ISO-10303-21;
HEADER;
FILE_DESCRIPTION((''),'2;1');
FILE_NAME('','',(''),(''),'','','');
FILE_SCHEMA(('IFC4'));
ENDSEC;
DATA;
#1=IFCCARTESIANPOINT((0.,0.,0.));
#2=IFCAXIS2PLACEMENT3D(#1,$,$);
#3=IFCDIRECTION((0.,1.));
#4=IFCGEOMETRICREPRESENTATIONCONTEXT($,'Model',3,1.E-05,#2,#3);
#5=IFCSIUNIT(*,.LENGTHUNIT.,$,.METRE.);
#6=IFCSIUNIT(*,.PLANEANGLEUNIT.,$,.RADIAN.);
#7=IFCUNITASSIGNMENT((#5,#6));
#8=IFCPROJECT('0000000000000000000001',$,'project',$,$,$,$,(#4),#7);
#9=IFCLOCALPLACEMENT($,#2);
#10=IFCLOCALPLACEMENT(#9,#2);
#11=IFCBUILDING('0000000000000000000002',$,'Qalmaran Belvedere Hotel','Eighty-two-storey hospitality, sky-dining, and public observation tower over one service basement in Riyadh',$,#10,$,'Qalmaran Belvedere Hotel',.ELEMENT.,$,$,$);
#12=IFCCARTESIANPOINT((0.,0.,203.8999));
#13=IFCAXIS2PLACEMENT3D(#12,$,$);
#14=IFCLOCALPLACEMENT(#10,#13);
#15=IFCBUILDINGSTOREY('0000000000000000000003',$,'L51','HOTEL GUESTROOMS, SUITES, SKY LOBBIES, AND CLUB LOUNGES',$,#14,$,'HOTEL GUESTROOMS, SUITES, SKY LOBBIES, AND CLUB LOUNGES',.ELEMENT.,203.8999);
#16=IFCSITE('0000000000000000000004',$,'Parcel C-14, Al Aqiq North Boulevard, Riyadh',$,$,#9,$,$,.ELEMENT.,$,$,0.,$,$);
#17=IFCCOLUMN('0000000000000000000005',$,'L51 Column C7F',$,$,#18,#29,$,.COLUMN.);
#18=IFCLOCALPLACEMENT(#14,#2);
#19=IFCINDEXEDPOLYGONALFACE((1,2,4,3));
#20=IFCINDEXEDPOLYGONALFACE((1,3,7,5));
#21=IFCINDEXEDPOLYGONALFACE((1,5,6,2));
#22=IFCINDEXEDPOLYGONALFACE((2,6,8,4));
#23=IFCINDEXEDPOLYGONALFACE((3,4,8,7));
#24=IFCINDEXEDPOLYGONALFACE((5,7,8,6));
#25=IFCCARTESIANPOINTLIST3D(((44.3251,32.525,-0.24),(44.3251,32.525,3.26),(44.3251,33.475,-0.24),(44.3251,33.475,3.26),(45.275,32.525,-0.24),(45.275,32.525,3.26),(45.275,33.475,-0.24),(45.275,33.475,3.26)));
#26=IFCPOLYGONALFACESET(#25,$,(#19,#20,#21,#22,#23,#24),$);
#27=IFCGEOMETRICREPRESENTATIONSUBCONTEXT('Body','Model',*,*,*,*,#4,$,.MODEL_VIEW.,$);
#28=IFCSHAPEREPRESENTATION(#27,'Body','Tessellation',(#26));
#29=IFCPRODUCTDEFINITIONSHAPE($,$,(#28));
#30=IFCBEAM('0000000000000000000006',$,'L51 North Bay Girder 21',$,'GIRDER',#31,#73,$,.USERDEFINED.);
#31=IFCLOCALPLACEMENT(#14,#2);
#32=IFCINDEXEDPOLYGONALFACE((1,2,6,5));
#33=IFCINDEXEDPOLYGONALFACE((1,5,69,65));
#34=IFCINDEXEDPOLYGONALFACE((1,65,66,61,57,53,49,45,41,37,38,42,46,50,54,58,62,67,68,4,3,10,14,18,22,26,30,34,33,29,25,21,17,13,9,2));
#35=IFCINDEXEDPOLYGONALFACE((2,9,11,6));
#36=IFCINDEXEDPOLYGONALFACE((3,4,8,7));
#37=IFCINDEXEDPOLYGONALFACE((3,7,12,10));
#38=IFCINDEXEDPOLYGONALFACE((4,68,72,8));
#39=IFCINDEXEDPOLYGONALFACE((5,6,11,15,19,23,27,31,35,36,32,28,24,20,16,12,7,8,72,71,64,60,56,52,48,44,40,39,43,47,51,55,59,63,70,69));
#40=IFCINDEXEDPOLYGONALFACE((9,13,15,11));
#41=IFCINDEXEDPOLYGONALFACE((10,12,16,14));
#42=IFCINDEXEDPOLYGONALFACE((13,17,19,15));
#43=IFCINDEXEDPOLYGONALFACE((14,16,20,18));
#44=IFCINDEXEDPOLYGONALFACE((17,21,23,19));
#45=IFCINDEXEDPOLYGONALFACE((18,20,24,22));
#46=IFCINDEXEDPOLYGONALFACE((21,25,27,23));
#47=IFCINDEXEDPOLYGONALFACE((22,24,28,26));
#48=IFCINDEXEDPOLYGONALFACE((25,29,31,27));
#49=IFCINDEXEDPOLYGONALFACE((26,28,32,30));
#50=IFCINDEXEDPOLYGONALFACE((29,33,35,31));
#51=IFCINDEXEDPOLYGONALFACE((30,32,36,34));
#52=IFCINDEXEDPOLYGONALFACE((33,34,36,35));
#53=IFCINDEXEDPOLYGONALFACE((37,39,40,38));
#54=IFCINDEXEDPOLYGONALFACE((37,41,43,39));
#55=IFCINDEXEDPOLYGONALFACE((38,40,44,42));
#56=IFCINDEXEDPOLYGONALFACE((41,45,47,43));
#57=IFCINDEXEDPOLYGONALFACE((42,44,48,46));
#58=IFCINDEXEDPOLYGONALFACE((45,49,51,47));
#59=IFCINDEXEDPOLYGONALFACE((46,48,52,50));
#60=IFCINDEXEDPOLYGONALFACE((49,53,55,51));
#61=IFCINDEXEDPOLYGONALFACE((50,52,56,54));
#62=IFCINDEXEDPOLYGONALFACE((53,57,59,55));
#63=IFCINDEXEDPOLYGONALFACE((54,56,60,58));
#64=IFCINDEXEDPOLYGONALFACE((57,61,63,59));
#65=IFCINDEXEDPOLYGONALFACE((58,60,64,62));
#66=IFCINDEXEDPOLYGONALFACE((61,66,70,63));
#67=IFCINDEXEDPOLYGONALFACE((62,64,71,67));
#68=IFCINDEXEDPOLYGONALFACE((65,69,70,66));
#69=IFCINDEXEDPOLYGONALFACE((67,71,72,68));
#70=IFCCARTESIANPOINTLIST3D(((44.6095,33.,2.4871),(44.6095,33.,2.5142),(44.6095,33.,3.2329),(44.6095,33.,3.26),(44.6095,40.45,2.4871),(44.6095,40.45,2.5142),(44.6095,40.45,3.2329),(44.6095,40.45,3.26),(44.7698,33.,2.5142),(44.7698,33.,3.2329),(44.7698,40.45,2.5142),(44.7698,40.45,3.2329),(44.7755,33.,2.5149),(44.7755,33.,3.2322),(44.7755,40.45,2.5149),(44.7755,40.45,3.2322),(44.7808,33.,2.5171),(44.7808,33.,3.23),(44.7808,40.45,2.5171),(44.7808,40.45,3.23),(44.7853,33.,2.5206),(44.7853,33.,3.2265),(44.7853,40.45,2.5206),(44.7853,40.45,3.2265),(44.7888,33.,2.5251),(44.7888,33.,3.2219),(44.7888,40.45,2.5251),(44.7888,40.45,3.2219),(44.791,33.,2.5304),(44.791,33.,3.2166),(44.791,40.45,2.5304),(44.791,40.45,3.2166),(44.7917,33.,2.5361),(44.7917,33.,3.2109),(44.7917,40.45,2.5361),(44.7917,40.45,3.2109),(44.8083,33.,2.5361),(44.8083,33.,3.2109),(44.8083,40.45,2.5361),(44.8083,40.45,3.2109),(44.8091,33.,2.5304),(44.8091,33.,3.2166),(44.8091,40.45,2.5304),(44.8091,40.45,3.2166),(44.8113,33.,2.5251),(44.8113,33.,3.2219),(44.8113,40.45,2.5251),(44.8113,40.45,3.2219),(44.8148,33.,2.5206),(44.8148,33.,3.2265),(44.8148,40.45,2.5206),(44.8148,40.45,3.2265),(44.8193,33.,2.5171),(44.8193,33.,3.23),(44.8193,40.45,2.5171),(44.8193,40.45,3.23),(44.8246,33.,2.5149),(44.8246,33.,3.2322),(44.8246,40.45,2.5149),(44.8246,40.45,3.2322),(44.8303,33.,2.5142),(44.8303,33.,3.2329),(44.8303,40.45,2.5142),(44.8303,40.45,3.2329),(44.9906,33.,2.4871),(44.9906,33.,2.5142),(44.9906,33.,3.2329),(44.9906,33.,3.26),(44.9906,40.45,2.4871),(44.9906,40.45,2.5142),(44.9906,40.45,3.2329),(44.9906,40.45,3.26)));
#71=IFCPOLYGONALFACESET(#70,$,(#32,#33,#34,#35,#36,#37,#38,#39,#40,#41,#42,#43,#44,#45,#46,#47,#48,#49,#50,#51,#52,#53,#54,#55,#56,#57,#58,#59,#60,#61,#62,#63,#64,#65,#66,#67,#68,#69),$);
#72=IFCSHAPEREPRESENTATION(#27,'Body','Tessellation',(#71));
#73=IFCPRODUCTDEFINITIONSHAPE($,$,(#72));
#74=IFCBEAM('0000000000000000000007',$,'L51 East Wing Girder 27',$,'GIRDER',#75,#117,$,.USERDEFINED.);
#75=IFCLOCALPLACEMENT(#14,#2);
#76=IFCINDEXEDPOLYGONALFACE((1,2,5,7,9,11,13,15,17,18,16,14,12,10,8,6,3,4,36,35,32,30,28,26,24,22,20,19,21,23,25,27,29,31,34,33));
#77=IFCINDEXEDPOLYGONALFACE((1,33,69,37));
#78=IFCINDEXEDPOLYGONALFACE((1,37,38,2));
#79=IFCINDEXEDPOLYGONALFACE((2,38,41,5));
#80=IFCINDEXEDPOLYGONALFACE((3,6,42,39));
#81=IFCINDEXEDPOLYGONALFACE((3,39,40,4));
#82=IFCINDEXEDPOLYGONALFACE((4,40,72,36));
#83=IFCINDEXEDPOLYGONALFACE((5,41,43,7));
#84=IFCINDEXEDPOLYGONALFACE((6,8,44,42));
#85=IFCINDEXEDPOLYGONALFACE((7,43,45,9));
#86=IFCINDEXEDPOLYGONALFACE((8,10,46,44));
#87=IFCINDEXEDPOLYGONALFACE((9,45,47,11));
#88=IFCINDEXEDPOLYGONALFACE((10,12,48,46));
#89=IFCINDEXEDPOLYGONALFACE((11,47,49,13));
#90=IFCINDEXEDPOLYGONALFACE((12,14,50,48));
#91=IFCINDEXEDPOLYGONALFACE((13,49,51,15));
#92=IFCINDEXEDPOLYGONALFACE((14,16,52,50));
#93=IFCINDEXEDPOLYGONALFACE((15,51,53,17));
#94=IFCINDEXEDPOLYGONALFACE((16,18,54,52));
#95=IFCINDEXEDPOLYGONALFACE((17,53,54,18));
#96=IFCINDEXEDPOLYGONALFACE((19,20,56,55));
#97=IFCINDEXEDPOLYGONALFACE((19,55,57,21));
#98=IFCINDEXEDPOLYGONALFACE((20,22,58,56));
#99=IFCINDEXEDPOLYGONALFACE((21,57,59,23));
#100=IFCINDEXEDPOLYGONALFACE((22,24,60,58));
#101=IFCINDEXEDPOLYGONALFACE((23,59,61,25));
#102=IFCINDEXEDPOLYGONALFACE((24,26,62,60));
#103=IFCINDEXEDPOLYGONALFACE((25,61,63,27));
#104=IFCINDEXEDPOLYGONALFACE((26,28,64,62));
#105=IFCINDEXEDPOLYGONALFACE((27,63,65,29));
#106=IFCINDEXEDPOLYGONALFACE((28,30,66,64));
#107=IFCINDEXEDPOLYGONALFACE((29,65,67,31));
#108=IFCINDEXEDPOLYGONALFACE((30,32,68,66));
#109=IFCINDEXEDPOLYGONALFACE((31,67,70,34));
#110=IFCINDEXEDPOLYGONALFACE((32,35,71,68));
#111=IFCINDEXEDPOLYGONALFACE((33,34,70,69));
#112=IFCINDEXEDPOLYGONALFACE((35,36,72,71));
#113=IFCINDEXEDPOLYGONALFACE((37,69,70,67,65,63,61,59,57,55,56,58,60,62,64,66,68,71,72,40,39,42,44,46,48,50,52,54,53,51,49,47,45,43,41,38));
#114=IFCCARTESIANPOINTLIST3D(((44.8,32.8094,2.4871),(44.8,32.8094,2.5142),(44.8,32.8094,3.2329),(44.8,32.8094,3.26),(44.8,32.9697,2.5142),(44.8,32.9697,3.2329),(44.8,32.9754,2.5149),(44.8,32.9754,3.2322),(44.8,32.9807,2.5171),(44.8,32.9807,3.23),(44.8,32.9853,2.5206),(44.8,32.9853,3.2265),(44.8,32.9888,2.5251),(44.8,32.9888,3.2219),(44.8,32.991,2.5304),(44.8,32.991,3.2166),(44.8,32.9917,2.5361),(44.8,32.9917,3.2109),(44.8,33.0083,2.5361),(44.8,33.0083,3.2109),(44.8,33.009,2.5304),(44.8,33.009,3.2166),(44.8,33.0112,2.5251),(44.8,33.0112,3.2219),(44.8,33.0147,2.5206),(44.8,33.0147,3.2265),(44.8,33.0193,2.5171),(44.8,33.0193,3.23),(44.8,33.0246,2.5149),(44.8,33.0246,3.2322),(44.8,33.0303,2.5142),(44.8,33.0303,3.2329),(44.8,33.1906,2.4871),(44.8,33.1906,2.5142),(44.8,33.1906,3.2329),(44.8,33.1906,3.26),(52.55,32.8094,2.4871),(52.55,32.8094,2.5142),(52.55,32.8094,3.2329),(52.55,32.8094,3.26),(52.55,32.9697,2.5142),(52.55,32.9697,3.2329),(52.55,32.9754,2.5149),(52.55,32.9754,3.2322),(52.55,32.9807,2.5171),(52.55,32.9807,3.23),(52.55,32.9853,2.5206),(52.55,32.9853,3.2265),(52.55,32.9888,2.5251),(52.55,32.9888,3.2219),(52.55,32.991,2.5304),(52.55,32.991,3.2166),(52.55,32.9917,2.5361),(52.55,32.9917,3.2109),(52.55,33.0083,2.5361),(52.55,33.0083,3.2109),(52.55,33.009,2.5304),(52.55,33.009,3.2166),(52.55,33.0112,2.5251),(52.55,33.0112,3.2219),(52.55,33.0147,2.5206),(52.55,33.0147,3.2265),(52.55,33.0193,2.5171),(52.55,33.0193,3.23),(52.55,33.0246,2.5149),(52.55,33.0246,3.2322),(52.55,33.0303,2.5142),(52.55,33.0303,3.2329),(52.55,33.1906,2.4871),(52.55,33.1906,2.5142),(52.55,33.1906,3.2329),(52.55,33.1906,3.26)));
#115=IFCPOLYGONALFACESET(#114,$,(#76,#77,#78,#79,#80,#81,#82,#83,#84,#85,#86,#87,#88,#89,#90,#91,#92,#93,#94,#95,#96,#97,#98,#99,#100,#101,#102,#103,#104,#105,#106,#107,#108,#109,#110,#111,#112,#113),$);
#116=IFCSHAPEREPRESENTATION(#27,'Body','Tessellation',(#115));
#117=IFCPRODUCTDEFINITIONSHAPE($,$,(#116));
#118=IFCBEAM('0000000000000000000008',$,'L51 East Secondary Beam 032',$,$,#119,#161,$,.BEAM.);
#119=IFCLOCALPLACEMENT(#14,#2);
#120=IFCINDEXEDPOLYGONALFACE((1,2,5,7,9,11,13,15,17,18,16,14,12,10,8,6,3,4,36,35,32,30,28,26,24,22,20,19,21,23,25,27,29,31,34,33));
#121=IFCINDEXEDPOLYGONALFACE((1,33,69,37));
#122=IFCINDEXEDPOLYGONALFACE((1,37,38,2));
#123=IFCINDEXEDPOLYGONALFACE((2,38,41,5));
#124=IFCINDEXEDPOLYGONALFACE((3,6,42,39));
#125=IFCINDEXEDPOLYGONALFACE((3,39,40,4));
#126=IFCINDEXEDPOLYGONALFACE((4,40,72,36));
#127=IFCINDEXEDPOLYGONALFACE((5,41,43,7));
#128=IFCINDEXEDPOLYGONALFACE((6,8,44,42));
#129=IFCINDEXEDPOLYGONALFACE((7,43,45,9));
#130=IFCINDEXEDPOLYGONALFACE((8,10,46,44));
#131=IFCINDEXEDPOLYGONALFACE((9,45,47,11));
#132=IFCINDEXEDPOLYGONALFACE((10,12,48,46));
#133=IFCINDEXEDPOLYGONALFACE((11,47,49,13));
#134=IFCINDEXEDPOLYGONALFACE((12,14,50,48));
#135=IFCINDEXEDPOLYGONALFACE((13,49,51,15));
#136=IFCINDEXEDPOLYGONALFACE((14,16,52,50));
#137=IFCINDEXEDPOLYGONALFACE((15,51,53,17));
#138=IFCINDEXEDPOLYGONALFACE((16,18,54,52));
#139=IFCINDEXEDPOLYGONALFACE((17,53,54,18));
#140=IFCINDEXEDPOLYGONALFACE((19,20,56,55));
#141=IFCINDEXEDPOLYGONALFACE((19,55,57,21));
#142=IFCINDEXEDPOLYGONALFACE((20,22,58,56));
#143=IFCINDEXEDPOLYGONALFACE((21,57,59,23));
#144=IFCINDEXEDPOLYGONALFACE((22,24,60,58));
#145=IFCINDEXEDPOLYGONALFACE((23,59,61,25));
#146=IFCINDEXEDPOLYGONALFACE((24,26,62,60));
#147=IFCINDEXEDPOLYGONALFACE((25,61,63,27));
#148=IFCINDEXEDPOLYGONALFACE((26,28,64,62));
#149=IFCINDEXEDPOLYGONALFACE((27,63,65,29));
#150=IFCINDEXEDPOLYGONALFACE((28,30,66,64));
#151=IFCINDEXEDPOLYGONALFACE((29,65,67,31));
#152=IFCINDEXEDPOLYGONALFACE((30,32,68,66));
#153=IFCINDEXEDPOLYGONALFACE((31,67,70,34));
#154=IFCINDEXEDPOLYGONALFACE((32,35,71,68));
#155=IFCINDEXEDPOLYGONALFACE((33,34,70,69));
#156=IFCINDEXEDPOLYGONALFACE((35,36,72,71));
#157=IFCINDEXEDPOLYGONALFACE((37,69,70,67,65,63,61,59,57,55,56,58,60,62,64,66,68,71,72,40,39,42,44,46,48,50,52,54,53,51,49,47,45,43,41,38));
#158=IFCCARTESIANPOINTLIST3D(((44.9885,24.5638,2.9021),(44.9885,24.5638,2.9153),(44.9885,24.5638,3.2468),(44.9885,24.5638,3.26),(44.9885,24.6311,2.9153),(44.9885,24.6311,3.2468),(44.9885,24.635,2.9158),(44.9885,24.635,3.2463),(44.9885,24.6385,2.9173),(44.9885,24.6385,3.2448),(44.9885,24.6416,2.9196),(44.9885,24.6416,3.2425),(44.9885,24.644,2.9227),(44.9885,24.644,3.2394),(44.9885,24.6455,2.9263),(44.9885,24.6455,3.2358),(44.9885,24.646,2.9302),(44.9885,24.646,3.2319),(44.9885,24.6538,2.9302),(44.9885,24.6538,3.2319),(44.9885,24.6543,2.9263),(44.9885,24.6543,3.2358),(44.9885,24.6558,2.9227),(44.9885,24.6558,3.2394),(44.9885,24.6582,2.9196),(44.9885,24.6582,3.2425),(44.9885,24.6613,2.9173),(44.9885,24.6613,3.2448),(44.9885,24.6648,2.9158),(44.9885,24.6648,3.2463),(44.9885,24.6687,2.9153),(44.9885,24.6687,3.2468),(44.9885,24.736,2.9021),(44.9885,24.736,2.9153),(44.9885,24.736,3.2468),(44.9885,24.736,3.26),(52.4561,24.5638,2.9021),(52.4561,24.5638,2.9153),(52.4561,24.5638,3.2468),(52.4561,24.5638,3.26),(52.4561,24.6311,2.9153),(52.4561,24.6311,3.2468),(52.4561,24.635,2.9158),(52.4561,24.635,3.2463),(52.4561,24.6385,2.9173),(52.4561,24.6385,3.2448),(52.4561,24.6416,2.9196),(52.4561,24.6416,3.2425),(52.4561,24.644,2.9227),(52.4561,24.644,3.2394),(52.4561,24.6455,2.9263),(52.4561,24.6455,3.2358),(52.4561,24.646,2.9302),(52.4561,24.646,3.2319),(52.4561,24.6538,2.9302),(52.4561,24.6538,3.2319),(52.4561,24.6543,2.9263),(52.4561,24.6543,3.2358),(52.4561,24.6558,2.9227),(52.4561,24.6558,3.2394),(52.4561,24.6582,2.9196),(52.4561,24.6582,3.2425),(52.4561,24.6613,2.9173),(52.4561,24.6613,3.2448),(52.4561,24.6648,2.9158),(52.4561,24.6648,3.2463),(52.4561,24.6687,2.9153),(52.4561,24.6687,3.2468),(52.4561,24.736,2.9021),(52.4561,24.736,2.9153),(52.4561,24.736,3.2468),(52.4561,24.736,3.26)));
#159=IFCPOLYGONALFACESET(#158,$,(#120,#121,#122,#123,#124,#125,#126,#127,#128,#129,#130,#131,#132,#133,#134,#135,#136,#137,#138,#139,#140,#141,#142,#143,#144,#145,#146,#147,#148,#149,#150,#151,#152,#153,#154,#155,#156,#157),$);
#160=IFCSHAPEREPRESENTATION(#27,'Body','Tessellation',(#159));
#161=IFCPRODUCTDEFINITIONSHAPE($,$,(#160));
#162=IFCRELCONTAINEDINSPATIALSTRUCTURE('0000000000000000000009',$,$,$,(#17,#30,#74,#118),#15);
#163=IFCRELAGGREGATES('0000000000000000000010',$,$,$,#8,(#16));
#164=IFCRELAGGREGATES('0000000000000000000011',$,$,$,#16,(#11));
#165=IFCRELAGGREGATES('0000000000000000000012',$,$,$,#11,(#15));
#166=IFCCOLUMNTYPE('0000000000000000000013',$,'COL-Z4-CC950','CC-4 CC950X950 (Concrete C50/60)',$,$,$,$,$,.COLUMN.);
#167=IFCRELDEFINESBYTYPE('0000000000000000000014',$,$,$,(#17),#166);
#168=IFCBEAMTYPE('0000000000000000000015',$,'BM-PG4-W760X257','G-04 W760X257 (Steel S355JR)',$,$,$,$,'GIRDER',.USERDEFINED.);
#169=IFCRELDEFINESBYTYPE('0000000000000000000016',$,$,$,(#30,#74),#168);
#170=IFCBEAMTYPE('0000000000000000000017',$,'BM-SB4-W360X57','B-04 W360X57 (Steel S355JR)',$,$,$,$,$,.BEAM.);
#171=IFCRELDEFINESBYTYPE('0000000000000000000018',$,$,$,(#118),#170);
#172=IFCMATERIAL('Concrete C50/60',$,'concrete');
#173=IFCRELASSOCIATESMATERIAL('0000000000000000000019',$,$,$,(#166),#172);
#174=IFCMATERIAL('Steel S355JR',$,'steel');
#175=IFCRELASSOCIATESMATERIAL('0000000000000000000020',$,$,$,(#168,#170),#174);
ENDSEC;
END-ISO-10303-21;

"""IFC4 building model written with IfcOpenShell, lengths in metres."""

from ifc_helpers import new_model, si_unit, direction, frame, origin, origin_2d, place, context, subcontext, project, spatial, rectangle, i_section, extrude, material, material_profile, profile_set, type_object, element, save


model = new_model("IFC4")

# Units and contexts
model_context = context("Model", 3, precision=1e-05, world=origin(), true_north=direction((0.0, 1.0)))
body_context = subcontext(model_context, "Body", "Model", "MODEL_VIEW")
ifc_project = project(units=[si_unit("LENGTHUNIT", "METRE"), si_unit("PLANEANGLEUNIT", "RADIAN")], contexts=[model_context])

# Site, building, storey
site_placement = place(None, origin())
site = spatial("IfcSite", under=ifc_project, at=site_placement, Name="Parcel C-14, Al Aqiq North Boulevard, Riyadh", CompositionType="ELEMENT", RefElevation=0.0)
building_placement = place(site_placement, origin())
building = spatial("IfcBuilding", under=site, at=building_placement, Name="Qalmaran Belvedere Hotel", Description="Eighty-two-storey hospitality, sky-dining, and public observation tower over one service basement in Riyadh", LongName="Qalmaran Belvedere Hotel", CompositionType="ELEMENT")
storey_placement = place(building_placement, frame((0.0, 0.0, 203.8999)))
storey = spatial("IfcBuildingStorey", under=building, at=storey_placement, Name="L51", Description="HOTEL GUESTROOMS, SUITES, SKY LOBBIES, AND CLUB LOUNGES", LongName="HOTEL GUESTROOMS, SUITES, SKY LOBBIES, AND CLUB LOUNGES", CompositionType="ELEMENT", Elevation=203.8999)

# Column
ifc_material_1 = material(Name="Concrete C50/60", Category="concrete")
ifc_material_profile_1 = material_profile(ifc_material_1, rectangle(XDim=0.95, YDim=0.95, at=origin_2d()), Name="CC950X950")
ifc_profile_set_1 = profile_set([ifc_material_profile_1], Name="Concrete C50/60")
column_type = type_object("IfcColumnType", Name="COL-Z4-CC950", Description="CC-4 CC950X950 (Concrete C50/60)", PredefinedType="COLUMN", material=ifc_profile_set_1)
column_placement = place(storey_placement, frame((44.8, 33.0, -0.24), z_axis=(0.0, 0.0, 1.0), x_axis=(1.0, 0.0, 0.0)))
element("IfcColumn", 1, at=column_placement, inside=storey, type_object=column_type, Name="L51 Column C7F", PredefinedType="COLUMN", context=body_context, shape_type="SweptSolid", body=[
    extrude(rectangle(XDim=0.95, YDim=0.95, at=origin_2d()), origin(), (0.0, 0.0, 1.0), 3.5),
])

# Beams
ifc_material_2 = material(Name="Steel S355JR", Category="steel")
ifc_material_profile_2 = material_profile(ifc_material_2, i_section(OverallWidth=0.3811, OverallDepth=0.7729, WebThickness=0.0166, FlangeThickness=0.0271, FilletRadius=0.022, at=origin_2d()), Name="W760X257")
ifc_profile_set_2 = profile_set([ifc_material_profile_2], Name="Steel S355JR")
beam_type_1 = type_object("IfcBeamType", Name="BM-PG4-W760X257", Description="G-04 W760X257 (Steel S355JR)", ElementType="GIRDER", PredefinedType="USERDEFINED", material=ifc_profile_set_2)
beam_1_placement = place(storey_placement, frame((44.8, 33.0, 2.8735), z_axis=(0.0, 1.0, 0.0), x_axis=(-1.0, 0.0, 0.0)))
element("IfcBeam", 2, at=beam_1_placement, inside=storey, type_object=beam_type_1, Name="L51 North Bay Girder 21", ObjectType="GIRDER", PredefinedType="USERDEFINED", context=body_context, shape_type="SweptSolid", body=[
    extrude(i_section(OverallWidth=0.3811, OverallDepth=0.7729, WebThickness=0.0166, FlangeThickness=0.0271, FilletRadius=0.022, at=origin_2d()), origin(), (0.0, 0.0, 1.0), 7.45),
])
beam_2_placement = place(storey_placement, frame((44.8, 33.0, 2.8735), z_axis=(1.0, 0.0, 0.0), x_axis=(0.0, 1.0, 0.0)))
element("IfcBeam", 3, at=beam_2_placement, inside=storey, type_object=beam_type_1, Name="L51 East Wing Girder 27", ObjectType="GIRDER", PredefinedType="USERDEFINED", context=body_context, shape_type="SweptSolid", body=[
    extrude(i_section(OverallWidth=0.3811, OverallDepth=0.7729, WebThickness=0.0166, FlangeThickness=0.0271, FilletRadius=0.022, at=origin_2d()), origin(), (0.0, 0.0, 1.0), 7.75),
])
ifc_material_profile_3 = material_profile(ifc_material_2, i_section(OverallWidth=0.1721, OverallDepth=0.3579, WebThickness=0.0078, FlangeThickness=0.0132, FilletRadius=0.0149, at=origin_2d()), Name="W360X57")
ifc_profile_set_3 = profile_set([ifc_material_profile_3], Name="Steel S355JR")
beam_type_2 = type_object("IfcBeamType", Name="BM-SB4-W360X57", Description="B-04 W360X57 (Steel S355JR)", PredefinedType="BEAM", material=ifc_profile_set_3)
for number, where, z_axis, x_axis, name in (
    (4, (44.9885, 24.6499, 3.0811), (1.0, 0.0, 0.0), (0.0, 1.0, 0.0), "L51 East Secondary Beam 032"),
):
    element("IfcBeam", number, at=place(storey_placement, frame(where, z_axis=z_axis, x_axis=x_axis)), inside=storey, type_object=beam_type_2, Name=name, PredefinedType="BEAM", context=body_context, shape_type="SweptSolid", body=[
        extrude(i_section(OverallWidth=0.1721, OverallDepth=0.3579, WebThickness=0.0078, FlangeThickness=0.0132, FilletRadius=0.0149, at=origin_2d()), origin(), (0.0, 0.0, 1.0), 7.4675),
    ])

save(model, "model.ifc")
